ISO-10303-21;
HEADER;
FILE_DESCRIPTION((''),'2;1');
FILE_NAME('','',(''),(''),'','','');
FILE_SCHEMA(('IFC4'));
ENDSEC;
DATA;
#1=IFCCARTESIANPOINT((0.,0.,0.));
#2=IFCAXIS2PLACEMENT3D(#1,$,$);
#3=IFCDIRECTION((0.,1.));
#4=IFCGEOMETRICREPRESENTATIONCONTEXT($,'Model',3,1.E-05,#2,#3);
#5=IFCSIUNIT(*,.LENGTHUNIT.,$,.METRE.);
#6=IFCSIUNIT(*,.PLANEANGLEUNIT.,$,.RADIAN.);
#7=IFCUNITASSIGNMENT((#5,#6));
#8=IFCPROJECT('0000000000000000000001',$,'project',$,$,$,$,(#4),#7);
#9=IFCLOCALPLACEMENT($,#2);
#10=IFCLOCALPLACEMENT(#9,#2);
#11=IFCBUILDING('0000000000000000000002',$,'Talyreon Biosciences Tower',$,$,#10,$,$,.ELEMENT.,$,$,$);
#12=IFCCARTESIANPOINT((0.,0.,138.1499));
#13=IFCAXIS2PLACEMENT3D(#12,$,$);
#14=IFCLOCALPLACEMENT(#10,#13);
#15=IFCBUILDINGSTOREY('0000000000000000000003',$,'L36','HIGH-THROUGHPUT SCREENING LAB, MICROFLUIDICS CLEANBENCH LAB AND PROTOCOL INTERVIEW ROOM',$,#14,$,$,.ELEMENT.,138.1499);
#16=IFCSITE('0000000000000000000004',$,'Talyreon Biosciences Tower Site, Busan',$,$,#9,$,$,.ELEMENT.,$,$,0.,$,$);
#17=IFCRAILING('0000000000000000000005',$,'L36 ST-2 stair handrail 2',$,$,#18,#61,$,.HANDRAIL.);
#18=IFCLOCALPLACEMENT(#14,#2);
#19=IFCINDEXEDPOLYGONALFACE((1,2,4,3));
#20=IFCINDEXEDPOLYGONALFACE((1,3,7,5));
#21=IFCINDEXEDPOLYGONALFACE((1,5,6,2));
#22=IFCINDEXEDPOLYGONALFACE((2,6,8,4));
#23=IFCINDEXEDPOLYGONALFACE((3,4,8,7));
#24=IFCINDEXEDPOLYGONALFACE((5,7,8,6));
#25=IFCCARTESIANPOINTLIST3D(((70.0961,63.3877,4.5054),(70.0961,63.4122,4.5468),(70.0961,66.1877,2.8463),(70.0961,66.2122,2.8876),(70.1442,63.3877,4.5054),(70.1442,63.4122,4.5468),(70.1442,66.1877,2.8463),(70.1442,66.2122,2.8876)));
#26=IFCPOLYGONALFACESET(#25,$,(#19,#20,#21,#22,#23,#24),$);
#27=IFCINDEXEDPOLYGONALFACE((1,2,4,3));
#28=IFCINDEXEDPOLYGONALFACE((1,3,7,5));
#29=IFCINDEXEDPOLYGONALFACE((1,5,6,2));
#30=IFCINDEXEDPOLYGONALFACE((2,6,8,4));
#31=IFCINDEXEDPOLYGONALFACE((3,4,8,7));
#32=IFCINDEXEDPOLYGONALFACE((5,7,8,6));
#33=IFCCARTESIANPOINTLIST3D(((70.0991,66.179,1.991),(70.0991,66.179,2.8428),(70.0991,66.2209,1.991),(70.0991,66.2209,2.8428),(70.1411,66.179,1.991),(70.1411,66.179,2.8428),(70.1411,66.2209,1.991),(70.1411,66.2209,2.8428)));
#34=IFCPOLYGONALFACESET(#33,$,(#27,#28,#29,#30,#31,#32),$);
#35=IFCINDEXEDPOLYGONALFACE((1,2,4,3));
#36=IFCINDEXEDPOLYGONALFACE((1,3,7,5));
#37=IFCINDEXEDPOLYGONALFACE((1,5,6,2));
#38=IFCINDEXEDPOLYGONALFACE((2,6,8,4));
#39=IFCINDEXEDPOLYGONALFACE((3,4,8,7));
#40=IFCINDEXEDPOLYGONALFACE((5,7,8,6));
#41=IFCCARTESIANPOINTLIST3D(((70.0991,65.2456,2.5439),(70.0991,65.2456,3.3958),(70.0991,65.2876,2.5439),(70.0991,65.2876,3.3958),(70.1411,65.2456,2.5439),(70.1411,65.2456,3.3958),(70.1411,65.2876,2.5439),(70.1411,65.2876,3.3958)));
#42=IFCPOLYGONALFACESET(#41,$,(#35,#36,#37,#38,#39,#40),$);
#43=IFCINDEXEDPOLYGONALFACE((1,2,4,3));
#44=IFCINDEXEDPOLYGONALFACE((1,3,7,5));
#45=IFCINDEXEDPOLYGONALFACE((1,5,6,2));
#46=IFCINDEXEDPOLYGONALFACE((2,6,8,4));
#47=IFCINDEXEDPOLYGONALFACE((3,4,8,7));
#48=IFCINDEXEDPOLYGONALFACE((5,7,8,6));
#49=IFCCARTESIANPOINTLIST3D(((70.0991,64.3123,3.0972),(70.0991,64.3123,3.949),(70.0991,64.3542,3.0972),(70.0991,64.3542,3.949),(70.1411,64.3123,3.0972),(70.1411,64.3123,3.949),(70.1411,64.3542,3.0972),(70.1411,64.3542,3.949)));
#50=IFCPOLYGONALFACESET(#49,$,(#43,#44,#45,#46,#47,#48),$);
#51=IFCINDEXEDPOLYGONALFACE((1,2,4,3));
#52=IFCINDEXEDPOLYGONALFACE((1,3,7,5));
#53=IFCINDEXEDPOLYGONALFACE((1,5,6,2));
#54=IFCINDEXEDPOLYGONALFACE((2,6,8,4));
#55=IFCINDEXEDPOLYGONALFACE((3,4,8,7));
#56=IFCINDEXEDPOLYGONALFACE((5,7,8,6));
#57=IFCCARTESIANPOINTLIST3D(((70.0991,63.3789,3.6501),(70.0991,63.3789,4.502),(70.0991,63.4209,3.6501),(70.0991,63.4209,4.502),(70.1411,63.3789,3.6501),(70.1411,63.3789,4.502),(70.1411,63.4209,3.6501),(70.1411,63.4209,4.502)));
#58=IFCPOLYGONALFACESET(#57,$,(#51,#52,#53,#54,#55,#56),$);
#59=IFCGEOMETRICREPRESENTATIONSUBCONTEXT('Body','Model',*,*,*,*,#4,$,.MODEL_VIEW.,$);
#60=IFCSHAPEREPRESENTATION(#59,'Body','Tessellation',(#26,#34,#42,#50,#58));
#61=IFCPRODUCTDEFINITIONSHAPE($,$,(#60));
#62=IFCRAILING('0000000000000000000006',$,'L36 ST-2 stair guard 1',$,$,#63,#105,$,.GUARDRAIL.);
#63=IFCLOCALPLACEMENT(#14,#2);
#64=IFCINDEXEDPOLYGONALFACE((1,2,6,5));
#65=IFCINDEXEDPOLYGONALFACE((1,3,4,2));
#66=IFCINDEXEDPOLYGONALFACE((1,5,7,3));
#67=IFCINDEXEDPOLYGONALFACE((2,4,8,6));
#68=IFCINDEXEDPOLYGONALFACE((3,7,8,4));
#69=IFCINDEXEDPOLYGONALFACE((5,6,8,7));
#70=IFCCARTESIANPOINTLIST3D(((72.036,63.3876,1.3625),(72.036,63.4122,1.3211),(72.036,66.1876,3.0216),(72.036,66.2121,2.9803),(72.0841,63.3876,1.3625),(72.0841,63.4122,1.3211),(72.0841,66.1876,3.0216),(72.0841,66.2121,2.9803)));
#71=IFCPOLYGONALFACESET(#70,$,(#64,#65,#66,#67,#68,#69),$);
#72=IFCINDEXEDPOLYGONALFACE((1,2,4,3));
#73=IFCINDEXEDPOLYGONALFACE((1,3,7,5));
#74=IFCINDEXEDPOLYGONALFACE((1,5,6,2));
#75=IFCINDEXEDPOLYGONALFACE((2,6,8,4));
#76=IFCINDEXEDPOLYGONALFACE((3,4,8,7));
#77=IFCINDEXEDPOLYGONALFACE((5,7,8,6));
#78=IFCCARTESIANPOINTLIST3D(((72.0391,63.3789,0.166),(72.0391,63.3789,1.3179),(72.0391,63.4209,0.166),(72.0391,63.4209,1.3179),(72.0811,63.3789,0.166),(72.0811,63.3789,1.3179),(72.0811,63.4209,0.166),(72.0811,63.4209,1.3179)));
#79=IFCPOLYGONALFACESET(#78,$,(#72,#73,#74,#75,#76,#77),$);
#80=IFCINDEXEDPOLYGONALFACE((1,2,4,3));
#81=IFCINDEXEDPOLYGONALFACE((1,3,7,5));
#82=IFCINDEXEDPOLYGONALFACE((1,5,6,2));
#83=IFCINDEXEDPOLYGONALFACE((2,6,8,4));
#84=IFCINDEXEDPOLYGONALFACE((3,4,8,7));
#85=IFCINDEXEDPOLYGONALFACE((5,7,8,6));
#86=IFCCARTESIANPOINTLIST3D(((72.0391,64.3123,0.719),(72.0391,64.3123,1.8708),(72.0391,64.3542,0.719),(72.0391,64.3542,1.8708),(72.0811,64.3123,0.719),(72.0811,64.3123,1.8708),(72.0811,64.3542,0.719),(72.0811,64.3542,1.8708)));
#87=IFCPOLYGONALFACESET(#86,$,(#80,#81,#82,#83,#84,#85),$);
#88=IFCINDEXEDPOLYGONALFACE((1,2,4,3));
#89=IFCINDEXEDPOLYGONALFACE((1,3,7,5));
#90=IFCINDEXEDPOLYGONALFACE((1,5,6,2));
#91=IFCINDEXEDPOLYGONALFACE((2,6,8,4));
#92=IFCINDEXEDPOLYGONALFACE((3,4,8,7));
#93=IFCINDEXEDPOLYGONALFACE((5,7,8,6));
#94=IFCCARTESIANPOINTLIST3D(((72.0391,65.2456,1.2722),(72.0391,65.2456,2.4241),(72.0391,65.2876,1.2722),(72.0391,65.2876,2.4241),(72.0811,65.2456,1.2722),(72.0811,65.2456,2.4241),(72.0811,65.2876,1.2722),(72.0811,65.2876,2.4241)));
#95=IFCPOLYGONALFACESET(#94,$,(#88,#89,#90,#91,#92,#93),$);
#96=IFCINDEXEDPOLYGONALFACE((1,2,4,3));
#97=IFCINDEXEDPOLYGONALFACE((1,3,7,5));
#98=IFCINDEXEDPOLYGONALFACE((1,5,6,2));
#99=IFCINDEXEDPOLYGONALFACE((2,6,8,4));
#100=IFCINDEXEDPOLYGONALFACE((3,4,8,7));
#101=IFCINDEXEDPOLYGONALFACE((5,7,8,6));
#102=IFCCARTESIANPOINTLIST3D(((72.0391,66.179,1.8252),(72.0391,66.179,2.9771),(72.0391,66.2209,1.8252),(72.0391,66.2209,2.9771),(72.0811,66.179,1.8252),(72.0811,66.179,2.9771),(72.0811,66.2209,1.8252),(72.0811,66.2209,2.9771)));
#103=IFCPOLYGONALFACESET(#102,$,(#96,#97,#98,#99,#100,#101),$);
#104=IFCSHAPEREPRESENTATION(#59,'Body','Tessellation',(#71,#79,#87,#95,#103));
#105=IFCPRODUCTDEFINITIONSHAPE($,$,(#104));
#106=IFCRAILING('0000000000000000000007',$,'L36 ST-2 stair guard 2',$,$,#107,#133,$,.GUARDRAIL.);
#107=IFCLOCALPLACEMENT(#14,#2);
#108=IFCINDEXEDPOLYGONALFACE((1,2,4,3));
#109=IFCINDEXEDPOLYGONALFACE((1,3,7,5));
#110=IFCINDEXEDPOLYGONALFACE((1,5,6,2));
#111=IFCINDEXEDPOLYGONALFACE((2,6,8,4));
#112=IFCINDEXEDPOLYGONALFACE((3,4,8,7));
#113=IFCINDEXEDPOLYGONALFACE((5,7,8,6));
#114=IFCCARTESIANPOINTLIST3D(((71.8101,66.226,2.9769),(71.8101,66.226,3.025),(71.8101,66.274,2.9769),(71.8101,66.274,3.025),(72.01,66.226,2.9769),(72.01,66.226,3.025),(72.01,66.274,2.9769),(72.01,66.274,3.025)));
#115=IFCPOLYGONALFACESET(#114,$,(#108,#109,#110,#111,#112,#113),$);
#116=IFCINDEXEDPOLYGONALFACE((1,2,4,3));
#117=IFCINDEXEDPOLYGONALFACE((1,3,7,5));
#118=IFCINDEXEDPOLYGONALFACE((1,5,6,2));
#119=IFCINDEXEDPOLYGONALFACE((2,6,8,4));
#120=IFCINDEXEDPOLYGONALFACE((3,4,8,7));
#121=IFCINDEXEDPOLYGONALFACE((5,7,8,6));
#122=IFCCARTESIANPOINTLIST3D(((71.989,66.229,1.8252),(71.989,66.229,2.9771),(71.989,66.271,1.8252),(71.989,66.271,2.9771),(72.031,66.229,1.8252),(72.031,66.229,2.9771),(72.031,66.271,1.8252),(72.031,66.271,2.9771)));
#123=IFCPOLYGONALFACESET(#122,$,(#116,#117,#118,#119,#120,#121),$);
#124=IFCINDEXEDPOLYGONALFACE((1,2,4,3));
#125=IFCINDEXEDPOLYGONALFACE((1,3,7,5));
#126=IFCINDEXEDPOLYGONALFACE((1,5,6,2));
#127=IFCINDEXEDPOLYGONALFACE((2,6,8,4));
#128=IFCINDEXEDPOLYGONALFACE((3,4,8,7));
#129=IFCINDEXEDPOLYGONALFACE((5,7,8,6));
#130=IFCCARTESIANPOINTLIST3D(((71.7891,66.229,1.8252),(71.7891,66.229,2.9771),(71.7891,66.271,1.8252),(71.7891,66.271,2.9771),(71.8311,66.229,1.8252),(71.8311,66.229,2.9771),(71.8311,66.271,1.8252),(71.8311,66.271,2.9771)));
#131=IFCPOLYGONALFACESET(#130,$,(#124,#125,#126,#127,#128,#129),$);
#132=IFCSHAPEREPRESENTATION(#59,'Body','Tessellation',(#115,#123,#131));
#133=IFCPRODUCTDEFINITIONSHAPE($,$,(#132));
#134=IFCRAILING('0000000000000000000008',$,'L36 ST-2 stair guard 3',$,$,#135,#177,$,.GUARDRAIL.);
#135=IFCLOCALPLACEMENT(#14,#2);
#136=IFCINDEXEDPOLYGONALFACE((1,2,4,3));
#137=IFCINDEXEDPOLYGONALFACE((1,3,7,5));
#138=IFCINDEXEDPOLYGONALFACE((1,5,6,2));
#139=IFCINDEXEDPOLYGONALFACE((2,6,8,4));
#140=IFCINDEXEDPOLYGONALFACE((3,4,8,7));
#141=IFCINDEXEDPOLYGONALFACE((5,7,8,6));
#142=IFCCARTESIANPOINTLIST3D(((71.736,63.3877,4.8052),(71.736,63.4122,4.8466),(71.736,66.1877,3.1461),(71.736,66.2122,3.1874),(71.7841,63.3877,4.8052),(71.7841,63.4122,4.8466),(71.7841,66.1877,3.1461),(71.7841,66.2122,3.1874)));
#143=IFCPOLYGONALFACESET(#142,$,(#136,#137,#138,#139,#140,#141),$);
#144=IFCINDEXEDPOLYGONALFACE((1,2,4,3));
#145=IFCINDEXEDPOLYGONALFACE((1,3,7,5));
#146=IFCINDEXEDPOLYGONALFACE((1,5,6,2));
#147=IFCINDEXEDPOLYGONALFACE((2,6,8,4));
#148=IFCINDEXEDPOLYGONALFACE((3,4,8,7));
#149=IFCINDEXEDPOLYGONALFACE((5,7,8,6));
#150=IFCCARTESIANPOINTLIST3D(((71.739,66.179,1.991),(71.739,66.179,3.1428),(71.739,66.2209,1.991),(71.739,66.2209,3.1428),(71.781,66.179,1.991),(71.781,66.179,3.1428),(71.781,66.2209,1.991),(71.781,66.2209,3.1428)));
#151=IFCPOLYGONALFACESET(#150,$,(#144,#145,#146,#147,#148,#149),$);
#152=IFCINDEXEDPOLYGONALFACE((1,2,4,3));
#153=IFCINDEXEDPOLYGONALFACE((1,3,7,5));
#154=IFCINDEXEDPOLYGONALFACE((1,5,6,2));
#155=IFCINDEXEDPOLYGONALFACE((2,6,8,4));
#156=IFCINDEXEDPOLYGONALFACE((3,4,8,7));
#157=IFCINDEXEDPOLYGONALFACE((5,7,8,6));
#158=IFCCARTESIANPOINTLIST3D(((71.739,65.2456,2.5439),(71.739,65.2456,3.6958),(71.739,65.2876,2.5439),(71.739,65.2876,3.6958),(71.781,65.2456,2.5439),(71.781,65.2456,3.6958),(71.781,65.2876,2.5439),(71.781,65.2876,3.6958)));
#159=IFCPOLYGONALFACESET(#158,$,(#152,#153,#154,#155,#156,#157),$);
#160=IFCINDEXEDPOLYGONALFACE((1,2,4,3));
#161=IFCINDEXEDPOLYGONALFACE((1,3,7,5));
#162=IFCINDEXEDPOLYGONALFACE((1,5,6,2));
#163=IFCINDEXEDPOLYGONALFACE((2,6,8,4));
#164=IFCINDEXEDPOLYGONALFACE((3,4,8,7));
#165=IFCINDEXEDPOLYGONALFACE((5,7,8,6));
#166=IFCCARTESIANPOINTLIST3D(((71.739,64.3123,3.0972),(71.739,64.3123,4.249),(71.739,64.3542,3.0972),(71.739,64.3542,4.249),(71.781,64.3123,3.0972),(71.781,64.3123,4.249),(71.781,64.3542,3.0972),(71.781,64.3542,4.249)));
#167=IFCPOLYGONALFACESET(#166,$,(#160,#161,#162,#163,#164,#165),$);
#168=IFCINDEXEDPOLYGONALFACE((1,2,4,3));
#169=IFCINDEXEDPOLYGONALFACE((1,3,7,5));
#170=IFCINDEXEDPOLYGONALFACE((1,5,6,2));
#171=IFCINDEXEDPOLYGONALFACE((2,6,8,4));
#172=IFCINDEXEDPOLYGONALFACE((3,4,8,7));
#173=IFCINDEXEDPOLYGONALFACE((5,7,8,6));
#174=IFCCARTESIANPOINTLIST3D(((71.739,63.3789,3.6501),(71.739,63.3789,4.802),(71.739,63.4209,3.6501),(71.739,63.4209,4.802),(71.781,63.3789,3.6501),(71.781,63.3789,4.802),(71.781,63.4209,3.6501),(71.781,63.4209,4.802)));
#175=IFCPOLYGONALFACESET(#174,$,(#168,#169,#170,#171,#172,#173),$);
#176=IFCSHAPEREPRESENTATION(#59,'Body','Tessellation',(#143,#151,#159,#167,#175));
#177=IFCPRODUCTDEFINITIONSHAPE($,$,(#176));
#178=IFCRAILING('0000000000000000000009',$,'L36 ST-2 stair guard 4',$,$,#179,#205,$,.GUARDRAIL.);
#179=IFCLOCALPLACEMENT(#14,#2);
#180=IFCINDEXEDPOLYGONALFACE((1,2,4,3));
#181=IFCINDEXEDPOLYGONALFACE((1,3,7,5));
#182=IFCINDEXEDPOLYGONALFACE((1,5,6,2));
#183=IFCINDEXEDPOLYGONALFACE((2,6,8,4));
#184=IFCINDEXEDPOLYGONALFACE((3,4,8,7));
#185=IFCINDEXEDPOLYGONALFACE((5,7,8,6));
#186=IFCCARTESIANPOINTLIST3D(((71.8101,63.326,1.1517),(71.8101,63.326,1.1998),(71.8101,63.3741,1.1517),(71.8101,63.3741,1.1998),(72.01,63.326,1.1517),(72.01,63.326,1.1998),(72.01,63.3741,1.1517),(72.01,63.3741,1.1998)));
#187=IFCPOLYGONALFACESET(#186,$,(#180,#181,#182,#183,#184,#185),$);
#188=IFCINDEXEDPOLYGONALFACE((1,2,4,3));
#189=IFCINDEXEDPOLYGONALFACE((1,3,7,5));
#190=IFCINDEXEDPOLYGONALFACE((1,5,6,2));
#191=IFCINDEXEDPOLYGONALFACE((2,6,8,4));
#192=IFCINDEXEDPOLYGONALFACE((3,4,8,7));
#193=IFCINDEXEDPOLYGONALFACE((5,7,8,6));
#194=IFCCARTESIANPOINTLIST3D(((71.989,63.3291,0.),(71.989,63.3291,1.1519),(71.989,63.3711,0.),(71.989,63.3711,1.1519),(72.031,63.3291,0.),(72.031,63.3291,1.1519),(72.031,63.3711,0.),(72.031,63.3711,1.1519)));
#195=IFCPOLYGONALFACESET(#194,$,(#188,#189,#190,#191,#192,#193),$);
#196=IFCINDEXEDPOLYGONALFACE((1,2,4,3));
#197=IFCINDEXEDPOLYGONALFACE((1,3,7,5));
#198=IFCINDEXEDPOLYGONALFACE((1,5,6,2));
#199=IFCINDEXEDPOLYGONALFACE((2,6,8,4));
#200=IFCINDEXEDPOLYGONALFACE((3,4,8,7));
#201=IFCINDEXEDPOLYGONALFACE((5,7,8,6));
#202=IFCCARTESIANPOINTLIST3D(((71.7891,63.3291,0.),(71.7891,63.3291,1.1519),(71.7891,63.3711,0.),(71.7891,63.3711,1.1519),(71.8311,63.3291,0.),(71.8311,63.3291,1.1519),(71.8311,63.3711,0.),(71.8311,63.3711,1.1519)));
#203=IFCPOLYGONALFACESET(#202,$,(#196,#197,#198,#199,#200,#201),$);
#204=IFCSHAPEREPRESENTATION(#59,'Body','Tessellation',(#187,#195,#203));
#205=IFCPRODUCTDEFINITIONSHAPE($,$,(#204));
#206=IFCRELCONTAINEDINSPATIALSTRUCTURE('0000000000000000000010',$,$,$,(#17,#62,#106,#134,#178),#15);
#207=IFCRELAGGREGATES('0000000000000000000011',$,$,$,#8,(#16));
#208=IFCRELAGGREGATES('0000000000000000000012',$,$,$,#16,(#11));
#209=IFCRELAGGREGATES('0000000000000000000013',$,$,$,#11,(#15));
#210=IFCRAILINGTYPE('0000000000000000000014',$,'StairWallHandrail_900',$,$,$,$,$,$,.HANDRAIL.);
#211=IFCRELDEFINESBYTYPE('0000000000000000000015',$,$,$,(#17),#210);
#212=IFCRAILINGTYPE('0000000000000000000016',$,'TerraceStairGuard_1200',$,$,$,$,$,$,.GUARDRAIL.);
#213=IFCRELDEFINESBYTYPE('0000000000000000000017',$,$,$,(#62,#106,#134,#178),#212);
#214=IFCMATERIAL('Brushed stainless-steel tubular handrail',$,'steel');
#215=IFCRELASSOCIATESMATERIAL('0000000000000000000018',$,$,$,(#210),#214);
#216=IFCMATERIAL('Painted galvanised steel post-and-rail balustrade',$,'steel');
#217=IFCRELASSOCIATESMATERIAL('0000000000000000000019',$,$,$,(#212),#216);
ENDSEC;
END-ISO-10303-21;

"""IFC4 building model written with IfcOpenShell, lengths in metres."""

from ifc_helpers import new_model, si_unit, direction, frame, origin, origin_2d, place, context, subcontext, project, spatial, rectangle, extrude, material, type_object, element, save


model = new_model("IFC4")

# Units and contexts
model_context = context("Model", 3, precision=1e-05, world=origin(), true_north=direction((0.0, 1.0)))
body_context = subcontext(model_context, "Body", "Model", "MODEL_VIEW")
ifc_project = project(units=[si_unit("LENGTHUNIT", "METRE"), si_unit("PLANEANGLEUNIT", "RADIAN")], contexts=[model_context])

# Site, building, storey
site_placement = place(None, origin())
site = spatial("IfcSite", under=ifc_project, at=site_placement, Name="Talyreon Biosciences Tower Site, Busan", CompositionType="ELEMENT", RefElevation=0.0)
building_placement = place(site_placement, origin())
building = spatial("IfcBuilding", under=site, at=building_placement, Name="Talyreon Biosciences Tower", CompositionType="ELEMENT")
storey_placement = place(building_placement, frame((0.0, 0.0, 138.1499)))
storey = spatial("IfcBuildingStorey", under=building, at=storey_placement, Name="L36", Description="HIGH-THROUGHPUT SCREENING LAB, MICROFLUIDICS CLEANBENCH LAB AND PROTOCOL INTERVIEW ROOM", CompositionType="ELEMENT", Elevation=138.1499)

# Railings
ifc_material_1 = material(Name="Brushed stainless-steel tubular handrail", Category="steel")
railing_type_1 = type_object("IfcRailingType", Name="StairWallHandrail_900", PredefinedType="HANDRAIL", material=ifc_material_1)
railing_1_placement = place(storey_placement, frame((70.1201, 66.2, 1.991)))
element("IfcRailing", 1, at=railing_1_placement, inside=storey, type_object=railing_type_1, Name="L36 ST-2 stair handrail 2", PredefinedType="HANDRAIL", context=body_context, shape_type="SweptSolid", body=[
    extrude(rectangle(XDim=0.0481, YDim=0.0481, at=origin_2d()), frame((0.0, 0.0, 0.876), z_axis=(0.0, -0.860306, 0.509778), x_axis=(1.0, 0.0, 0.0)), (0.0, 0.0, 1.0), 3.2546),
    extrude(rectangle(XDim=0.042, YDim=0.042, at=origin_2d()), origin(), (0.0, 0.0, 1.0), 0.8518),
    extrude(rectangle(XDim=0.042, YDim=0.042, at=origin_2d()), frame((0.0, -0.9333, 0.553)), (0.0, 0.0, 1.0), 0.8518),
    extrude(rectangle(XDim=0.042, YDim=0.042, at=origin_2d()), frame((0.0, -1.8667, 1.1062)), (0.0, 0.0, 1.0), 0.8518),
    extrude(rectangle(XDim=0.042, YDim=0.042, at=origin_2d()), frame((0.0, -2.8, 1.6592)), (0.0, 0.0, 1.0), 0.8518),
])
ifc_material_2 = material(Name="Painted galvanised steel post-and-rail balustrade", Category="steel")
railing_type_2 = type_object("IfcRailingType", Name="TerraceStairGuard_1200", PredefinedType="GUARDRAIL", material=ifc_material_2)
railing_2_placement = place(storey_placement, frame((72.0601, 63.3999, 0.166)))
element("IfcRailing", 2, at=railing_2_placement, inside=storey, type_object=railing_type_2, Name="L36 ST-2 stair guard 1", PredefinedType="GUARDRAIL", context=body_context, shape_type="SweptSolid", body=[
    extrude(rectangle(XDim=0.0481, YDim=0.0481, at=origin_2d()), frame((0.0, 0.0, 1.1758), z_axis=(0.0, 0.860306, 0.509778), x_axis=(-1.0, 0.0, 0.0)), (0.0, 0.0, 1.0), 3.2546),
    extrude(rectangle(XDim=0.042, YDim=0.042, at=origin_2d()), origin(), (0.0, 0.0, 1.0), 1.1519),
    extrude(rectangle(XDim=0.042, YDim=0.042, at=origin_2d()), frame((0.0, 0.9333, 0.553)), (0.0, 0.0, 1.0), 1.1519),
    extrude(rectangle(XDim=0.042, YDim=0.042, at=origin_2d()), frame((0.0, 1.8667, 1.1062)), (0.0, 0.0, 1.0), 1.1519),
    extrude(rectangle(XDim=0.042, YDim=0.042, at=origin_2d()), frame((0.0, 2.8, 1.6592)), (0.0, 0.0, 1.0), 1.1519),
])
railing_3_placement = place(storey_placement, frame((72.01, 66.25, 1.8252)))
element("IfcRailing", 3, at=railing_3_placement, inside=storey, type_object=railing_type_2, Name="L36 ST-2 stair guard 2", PredefinedType="GUARDRAIL", context=body_context, shape_type="SweptSolid", body=[
    extrude(rectangle(XDim=0.0481, YDim=0.0481, at=origin_2d()), frame((0.0, 0.0, 1.1758), z_axis=(-1.0, 0.0, 0.0), x_axis=(0.0, -1.0, 0.0)), (0.0, 0.0, 1.0), 0.2),
    extrude(rectangle(XDim=0.042, YDim=0.042, at=origin_2d()), origin(), (0.0, 0.0, 1.0), 1.1519),
    extrude(rectangle(XDim=0.042, YDim=0.042, at=origin_2d()), frame((-0.2, 0.0, 0.0)), (0.0, 0.0, 1.0), 1.1519),
])
railing_4_placement = place(storey_placement, frame((71.76, 66.2, 1.991)))
element("IfcRailing", 4, at=railing_4_placement, inside=storey, type_object=railing_type_2, Name="L36 ST-2 stair guard 3", PredefinedType="GUARDRAIL", context=body_context, shape_type="SweptSolid", body=[
    extrude(rectangle(XDim=0.0481, YDim=0.0481, at=origin_2d()), frame((0.0, 0.0, 1.1758), z_axis=(0.0, -0.860306, 0.509778), x_axis=(1.0, 0.0, 0.0)), (0.0, 0.0, 1.0), 3.2546),
    extrude(rectangle(XDim=0.042, YDim=0.042, at=origin_2d()), origin(), (0.0, 0.0, 1.0), 1.1519),
    extrude(rectangle(XDim=0.042, YDim=0.042, at=origin_2d()), frame((0.0, -0.9333, 0.553)), (0.0, 0.0, 1.0), 1.1519),
    extrude(rectangle(XDim=0.042, YDim=0.042, at=origin_2d()), frame((0.0, -1.8667, 1.1062)), (0.0, 0.0, 1.0), 1.1519),
    extrude(rectangle(XDim=0.042, YDim=0.042, at=origin_2d()), frame((0.0, -2.8, 1.6592)), (0.0, 0.0, 1.0), 1.1519),
])
railing_5_placement = place(storey_placement, frame((72.01, 63.3501, 0.0)))
element("IfcRailing", 5, at=railing_5_placement, inside=storey, type_object=railing_type_2, Name="L36 ST-2 stair guard 4", PredefinedType="GUARDRAIL", context=body_context, shape_type="SweptSolid", body=[
    extrude(rectangle(XDim=0.0481, YDim=0.0481, at=origin_2d()), frame((0.0, 0.0, 1.1758), z_axis=(-1.0, 0.0, 0.0), x_axis=(0.0, -1.0, 0.0)), (0.0, 0.0, 1.0), 0.2),
    extrude(rectangle(XDim=0.042, YDim=0.042, at=origin_2d()), origin(), (0.0, 0.0, 1.0), 1.1519),
    extrude(rectangle(XDim=0.042, YDim=0.042, at=origin_2d()), frame((-0.2, 0.0, 0.0)), (0.0, 0.0, 1.0), 1.1519),
])

save(model, "model.ifc")
